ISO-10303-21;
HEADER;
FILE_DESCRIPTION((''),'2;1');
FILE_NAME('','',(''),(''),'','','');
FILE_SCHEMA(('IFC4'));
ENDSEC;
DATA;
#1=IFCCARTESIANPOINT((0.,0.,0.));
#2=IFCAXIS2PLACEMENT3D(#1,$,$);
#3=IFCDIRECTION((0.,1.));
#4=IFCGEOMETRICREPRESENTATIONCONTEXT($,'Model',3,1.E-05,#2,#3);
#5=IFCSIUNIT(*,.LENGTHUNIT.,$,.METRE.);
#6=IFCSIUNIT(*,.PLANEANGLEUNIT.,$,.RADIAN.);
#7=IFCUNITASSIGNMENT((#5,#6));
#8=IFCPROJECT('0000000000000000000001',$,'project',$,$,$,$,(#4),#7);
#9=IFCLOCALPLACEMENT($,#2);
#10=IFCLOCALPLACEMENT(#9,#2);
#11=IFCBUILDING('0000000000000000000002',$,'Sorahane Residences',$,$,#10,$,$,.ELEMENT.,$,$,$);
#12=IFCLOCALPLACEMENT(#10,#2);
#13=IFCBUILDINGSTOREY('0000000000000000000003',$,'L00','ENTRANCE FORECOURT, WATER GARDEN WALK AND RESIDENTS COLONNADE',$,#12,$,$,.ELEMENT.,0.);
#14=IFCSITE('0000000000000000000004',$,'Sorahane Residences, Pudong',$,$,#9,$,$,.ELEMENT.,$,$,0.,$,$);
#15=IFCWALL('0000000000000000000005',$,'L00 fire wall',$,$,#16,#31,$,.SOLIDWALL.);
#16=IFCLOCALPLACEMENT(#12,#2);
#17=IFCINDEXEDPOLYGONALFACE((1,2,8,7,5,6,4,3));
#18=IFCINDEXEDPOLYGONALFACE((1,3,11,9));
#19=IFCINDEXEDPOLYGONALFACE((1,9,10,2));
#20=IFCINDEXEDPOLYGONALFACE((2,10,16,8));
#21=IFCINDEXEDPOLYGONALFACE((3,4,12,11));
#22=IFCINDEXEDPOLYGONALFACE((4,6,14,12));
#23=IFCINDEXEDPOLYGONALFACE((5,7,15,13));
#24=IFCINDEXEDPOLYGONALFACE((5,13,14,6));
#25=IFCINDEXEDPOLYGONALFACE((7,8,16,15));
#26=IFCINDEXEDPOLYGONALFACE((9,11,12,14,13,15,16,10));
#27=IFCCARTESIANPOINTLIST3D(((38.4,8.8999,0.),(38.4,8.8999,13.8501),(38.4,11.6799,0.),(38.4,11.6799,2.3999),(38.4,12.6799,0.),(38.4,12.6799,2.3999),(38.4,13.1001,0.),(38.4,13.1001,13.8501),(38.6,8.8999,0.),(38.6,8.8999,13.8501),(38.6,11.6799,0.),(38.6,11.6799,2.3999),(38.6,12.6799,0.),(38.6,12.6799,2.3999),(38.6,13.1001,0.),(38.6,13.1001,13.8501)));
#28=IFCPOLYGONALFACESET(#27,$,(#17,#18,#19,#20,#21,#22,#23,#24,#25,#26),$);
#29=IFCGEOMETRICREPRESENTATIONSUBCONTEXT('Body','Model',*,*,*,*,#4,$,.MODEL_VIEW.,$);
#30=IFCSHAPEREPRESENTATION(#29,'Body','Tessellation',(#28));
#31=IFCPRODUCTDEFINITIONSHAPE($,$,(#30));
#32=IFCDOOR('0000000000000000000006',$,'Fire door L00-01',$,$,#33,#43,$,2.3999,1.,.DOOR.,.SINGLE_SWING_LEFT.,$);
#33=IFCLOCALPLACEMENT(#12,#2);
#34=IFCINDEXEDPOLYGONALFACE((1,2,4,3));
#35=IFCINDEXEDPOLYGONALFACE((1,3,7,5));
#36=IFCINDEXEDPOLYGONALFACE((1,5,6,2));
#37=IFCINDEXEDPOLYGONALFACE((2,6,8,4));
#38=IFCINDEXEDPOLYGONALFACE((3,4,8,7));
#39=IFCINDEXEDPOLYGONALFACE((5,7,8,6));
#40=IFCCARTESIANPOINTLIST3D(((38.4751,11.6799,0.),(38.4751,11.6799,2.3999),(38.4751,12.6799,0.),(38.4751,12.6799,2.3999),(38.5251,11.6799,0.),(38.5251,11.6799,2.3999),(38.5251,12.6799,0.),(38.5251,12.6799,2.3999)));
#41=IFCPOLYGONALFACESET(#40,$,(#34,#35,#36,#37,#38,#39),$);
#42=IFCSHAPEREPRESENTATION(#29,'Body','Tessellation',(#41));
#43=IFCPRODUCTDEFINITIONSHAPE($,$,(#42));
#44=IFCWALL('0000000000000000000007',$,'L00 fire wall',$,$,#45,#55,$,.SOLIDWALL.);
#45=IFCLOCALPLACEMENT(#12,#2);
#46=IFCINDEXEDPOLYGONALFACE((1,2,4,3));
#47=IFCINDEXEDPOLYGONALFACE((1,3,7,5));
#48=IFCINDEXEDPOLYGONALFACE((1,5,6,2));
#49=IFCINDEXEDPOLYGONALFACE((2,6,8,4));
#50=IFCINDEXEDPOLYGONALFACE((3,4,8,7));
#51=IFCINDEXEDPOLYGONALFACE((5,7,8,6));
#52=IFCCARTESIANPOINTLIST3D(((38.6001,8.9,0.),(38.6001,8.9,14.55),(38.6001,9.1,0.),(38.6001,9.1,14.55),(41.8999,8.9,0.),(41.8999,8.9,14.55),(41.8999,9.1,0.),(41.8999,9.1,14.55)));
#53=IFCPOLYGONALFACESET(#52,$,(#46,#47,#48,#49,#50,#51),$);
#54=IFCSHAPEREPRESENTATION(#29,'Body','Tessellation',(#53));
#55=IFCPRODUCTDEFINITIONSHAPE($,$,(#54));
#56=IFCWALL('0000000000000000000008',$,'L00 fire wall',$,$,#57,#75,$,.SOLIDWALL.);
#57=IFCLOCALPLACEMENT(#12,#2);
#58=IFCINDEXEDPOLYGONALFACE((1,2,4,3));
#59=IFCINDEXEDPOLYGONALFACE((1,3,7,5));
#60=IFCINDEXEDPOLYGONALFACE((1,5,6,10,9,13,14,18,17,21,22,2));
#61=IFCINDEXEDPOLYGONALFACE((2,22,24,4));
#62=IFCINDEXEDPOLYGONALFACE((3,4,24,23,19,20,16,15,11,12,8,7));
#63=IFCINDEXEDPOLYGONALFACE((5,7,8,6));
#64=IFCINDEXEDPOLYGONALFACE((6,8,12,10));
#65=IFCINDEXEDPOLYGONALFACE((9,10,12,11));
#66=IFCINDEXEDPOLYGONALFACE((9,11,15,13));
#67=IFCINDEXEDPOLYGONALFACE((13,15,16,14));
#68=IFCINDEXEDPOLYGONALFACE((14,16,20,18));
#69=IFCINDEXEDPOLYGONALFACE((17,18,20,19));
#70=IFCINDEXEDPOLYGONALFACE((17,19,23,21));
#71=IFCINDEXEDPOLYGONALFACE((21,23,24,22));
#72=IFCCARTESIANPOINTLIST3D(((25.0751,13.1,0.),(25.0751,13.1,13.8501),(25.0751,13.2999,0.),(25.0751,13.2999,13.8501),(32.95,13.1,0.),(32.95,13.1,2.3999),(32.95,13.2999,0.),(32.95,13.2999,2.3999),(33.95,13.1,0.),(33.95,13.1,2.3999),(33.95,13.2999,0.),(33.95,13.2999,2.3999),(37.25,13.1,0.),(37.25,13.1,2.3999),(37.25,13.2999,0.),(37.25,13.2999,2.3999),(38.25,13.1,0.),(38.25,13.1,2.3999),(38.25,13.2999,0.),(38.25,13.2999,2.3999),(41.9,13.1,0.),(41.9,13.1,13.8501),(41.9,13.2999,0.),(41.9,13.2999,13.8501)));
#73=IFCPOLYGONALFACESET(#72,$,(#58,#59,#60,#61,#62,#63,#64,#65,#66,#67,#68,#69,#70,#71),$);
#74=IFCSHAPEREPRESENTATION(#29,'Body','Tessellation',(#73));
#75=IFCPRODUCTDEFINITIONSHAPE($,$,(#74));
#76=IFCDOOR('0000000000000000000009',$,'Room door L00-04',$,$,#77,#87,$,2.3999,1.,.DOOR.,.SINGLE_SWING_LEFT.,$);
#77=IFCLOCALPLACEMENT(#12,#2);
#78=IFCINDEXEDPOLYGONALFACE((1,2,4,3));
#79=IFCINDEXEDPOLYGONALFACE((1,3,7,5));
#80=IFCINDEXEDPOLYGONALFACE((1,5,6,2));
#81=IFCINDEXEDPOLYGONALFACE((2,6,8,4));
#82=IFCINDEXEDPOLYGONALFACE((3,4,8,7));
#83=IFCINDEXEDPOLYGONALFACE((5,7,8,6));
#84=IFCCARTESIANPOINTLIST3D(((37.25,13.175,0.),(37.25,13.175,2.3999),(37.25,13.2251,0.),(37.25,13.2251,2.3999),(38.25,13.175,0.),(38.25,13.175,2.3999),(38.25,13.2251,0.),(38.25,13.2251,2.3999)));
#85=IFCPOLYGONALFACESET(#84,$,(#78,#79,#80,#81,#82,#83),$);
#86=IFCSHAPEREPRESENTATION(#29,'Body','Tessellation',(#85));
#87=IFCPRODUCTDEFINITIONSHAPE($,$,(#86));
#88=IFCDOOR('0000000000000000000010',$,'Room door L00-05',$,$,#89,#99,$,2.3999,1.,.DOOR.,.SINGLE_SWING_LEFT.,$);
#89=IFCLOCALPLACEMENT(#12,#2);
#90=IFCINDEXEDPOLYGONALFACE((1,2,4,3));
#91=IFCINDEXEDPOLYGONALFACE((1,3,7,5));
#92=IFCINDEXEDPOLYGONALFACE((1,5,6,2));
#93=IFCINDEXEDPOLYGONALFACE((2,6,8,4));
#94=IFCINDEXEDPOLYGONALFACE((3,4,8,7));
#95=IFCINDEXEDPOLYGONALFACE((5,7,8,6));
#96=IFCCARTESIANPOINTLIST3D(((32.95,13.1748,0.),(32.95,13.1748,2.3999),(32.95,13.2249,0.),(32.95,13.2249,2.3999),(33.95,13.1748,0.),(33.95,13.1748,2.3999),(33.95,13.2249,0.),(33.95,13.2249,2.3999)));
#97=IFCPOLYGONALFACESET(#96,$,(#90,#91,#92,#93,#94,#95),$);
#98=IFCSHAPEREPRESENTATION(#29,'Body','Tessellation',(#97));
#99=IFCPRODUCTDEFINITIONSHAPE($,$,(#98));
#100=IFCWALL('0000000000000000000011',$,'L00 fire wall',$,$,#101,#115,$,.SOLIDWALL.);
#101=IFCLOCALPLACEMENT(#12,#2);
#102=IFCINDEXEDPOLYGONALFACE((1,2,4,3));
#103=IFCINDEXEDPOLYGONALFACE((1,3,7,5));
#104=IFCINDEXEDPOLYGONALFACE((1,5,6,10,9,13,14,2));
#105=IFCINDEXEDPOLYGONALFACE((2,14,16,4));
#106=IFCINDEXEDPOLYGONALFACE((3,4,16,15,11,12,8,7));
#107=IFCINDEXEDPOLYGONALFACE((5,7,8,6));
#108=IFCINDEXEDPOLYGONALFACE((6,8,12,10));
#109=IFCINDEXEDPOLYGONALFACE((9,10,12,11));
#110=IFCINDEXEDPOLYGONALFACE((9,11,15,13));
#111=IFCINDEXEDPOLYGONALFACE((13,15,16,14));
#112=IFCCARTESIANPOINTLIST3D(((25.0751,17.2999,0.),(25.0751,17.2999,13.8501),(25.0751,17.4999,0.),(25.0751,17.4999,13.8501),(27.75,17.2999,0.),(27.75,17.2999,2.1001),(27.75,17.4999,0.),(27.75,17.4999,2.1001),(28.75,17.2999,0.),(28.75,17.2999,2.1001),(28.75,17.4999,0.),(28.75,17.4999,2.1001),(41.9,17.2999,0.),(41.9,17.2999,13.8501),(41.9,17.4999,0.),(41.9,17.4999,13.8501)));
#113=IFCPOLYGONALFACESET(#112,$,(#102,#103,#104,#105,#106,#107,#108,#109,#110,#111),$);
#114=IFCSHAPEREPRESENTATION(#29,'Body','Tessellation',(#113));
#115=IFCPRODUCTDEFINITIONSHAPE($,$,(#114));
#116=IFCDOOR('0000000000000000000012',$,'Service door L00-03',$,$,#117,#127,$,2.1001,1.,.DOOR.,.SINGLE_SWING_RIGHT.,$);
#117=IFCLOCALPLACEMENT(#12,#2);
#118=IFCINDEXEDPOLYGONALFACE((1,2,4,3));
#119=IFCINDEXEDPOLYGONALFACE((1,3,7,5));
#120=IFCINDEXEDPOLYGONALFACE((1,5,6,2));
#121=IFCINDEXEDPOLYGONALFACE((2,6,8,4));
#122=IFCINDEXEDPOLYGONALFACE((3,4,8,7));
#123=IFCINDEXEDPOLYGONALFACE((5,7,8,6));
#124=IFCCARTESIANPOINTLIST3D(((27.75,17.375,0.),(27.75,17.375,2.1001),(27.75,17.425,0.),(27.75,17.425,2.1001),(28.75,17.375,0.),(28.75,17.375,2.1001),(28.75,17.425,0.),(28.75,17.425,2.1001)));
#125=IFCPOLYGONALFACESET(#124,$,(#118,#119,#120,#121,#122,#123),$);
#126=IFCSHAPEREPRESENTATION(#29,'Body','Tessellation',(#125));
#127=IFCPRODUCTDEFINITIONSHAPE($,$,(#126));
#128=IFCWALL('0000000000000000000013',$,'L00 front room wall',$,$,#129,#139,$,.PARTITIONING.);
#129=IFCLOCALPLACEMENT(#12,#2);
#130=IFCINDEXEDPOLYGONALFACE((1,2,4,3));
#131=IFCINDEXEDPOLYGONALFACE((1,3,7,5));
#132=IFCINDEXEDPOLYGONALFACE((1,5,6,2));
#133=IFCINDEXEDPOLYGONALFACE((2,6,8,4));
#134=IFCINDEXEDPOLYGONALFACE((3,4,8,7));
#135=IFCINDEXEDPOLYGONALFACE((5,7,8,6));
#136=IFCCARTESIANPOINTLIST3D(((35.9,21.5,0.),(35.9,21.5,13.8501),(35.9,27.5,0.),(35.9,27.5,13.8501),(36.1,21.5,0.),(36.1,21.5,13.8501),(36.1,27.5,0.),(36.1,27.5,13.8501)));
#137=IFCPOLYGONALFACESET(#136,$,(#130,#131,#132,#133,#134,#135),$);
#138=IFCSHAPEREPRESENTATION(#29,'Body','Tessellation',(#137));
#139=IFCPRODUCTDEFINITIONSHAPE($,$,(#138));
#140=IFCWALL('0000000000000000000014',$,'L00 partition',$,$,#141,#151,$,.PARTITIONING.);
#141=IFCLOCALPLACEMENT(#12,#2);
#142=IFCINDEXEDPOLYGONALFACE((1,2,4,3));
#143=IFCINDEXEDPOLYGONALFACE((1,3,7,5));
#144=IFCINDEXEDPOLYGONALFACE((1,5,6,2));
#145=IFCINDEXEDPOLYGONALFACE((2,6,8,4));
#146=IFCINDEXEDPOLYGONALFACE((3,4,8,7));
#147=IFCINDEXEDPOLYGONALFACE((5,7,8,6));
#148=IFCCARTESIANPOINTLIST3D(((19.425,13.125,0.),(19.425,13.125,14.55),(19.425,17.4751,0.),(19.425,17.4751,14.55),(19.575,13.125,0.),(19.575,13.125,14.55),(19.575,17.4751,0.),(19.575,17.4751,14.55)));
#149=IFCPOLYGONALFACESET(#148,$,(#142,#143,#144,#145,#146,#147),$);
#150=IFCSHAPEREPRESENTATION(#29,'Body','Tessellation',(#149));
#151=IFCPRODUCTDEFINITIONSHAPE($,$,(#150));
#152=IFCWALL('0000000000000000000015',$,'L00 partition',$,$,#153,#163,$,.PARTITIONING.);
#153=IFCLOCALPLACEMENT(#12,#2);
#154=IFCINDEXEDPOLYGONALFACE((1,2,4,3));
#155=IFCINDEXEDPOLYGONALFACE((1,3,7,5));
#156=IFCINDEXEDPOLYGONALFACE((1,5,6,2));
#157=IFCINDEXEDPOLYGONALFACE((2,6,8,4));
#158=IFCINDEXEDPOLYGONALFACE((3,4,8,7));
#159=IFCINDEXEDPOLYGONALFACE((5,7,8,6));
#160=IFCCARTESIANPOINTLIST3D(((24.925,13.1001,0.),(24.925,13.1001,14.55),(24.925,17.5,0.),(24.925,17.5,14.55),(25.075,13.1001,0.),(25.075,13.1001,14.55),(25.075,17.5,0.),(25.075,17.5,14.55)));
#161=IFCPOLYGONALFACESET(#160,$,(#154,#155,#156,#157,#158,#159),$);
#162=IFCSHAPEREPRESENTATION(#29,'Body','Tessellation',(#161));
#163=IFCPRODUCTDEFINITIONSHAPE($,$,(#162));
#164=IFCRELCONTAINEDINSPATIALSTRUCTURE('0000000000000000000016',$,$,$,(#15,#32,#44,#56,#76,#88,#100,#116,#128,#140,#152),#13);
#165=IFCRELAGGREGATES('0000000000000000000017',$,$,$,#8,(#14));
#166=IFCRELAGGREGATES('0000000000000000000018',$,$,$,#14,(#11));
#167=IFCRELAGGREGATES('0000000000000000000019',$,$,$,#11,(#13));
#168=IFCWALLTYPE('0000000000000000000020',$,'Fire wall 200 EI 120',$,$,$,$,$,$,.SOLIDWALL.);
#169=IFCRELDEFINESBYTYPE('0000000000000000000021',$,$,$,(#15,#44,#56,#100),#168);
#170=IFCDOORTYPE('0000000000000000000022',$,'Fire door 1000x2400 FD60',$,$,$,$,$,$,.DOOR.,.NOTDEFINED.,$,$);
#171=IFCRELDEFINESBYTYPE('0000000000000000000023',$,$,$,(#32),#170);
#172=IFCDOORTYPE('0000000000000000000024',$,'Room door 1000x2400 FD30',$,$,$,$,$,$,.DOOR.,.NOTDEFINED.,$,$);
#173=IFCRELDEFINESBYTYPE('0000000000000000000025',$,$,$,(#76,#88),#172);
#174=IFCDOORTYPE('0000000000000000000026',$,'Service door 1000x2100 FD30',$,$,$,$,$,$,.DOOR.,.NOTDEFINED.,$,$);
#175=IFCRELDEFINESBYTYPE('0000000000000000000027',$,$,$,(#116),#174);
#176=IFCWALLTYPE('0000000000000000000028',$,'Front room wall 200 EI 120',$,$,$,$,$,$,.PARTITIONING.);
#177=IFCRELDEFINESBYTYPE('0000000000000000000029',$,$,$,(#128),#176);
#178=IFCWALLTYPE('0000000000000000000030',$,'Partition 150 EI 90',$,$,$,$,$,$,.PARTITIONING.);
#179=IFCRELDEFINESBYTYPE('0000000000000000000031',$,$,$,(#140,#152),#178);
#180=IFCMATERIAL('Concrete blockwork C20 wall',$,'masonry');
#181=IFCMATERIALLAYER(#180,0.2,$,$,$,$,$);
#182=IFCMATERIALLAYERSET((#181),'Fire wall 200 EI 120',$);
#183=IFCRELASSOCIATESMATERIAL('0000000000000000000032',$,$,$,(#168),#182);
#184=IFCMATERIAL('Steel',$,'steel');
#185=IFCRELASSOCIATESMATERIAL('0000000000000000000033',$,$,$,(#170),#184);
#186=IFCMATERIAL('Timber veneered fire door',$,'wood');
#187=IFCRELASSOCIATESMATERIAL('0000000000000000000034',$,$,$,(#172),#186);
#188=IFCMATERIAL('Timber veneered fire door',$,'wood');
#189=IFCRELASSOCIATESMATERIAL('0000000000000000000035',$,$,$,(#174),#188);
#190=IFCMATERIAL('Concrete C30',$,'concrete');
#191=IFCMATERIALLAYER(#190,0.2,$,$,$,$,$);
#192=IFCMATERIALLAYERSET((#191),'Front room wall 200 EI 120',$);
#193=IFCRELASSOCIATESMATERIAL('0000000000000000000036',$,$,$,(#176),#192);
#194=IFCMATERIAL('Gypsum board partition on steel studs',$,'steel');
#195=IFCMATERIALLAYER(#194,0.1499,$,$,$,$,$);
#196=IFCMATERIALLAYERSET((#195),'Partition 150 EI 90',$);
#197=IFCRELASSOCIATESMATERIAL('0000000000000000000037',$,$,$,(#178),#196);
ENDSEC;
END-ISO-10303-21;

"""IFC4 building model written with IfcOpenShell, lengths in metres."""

from ifc_helpers import new_model, si_unit, direction, frame, frame_2d, origin, place, context, subcontext, project, spatial, rectangle, extrude, material, layer, layer_set, type_object, element, fill, save


model = new_model("IFC4")

# Units and contexts
model_context = context("Model", 3, precision=1e-05, world=origin(), true_north=direction((0.0, 1.0)))
body_context = subcontext(model_context, "Body", "Model", "MODEL_VIEW")
ifc_project = project(units=[si_unit("LENGTHUNIT", "METRE"), si_unit("PLANEANGLEUNIT", "RADIAN")], contexts=[model_context])

# Site, building, storey
site_placement = place(None, origin())
site = spatial("IfcSite", under=ifc_project, at=site_placement, Name="Sorahane Residences, Pudong", CompositionType="ELEMENT", RefElevation=0.0)
building_placement = place(site_placement, origin())
building = spatial("IfcBuilding", under=site, at=building_placement, Name="Sorahane Residences", CompositionType="ELEMENT")
storey_placement = place(building_placement, origin())
storey = spatial("IfcBuildingStorey", under=building, at=storey_placement, Name="L00", Description="ENTRANCE FORECOURT, WATER GARDEN WALK AND RESIDENTS COLONNADE", CompositionType="ELEMENT", Elevation=0.0)

# Shared definitions
ifc_material_1 = material(Name="Concrete blockwork C20 wall", Category="masonry")
ifc_layer_1 = layer(ifc_material_1, 0.2)
ifc_layer_set_1 = layer_set([ifc_layer_1], Name="Fire wall 200 EI 120")
wall_type_1 = type_object("IfcWallType", Name="Fire wall 200 EI 120", PredefinedType="SOLIDWALL", material=ifc_layer_set_1)

# Wall, opening, door
wall_1_placement = place(storey_placement, frame((38.5, 8.8999, 0.0), z_axis=(0.0, 0.0, 1.0), x_axis=(0.0, 1.0, 0.0)))
wall_1 = element("IfcWall", 1, at=wall_1_placement, inside=storey, type_object=wall_type_1, Name="L00 fire wall", PredefinedType="SOLIDWALL", context=body_context, shape_type="SweptSolid", body=[
    extrude(rectangle(XDim=4.2002, YDim=0.2, at=frame_2d((2.1001, 0.0))), origin(), (0.0, 0.0, 1.0), 13.8501),
])
opening_1_placement = place(wall_1_placement, frame((2.78, 0.0, 0.0)))
opening_1 = element("IfcOpeningElement", 2, at=opening_1_placement, cuts=wall_1, PredefinedType="OPENING", context=body_context, shape_type="SweptSolid", body=[
    extrude(rectangle(XDim=1.0, YDim=2.3999, at=frame_2d((0.5, 1.2))), frame((0.0, 0.1099, 0.0), z_axis=(0.0, -1.0, 0.0), x_axis=(1.0, 0.0, 0.0)), (0.0, 0.0, 1.0), 0.22),
])
ifc_material_2 = material(Name="Steel", Category="steel")
door_type_1 = type_object("IfcDoorType", Name="Fire door 1000x2400 FD60", OperationType="NOTDEFINED", PredefinedType="DOOR", material=ifc_material_2)
door_1_placement = place(opening_1_placement, origin())
door_1 = element("IfcDoor", 3, at=door_1_placement, inside=storey, type_object=door_type_1, Name="Fire door L00-01", OperationType="SINGLE_SWING_LEFT", OverallHeight=2.3999, OverallWidth=1.0, PredefinedType="DOOR", context=body_context, shape_type="SweptSolid", body=[
    extrude(rectangle(XDim=1.0, YDim=2.3999, at=frame_2d((0.5, 1.2))), frame((0.0, 0.0249, 0.0), z_axis=(0.0, -1.0, 0.0), x_axis=(1.0, 0.0, 0.0)), (0.0, 0.0, 1.0), 0.05),
])
fill(opening_1, door_1)

# Wall
wall_2_placement = place(storey_placement, frame((38.6001, 9.0, 0.0), z_axis=(0.0, 0.0, 1.0), x_axis=(1.0, 0.0, 0.0)))
element("IfcWall", 4, at=wall_2_placement, inside=storey, type_object=wall_type_1, Name="L00 fire wall", PredefinedType="SOLIDWALL", context=body_context, shape_type="SweptSolid", body=[
    extrude(rectangle(XDim=3.2998, YDim=0.2, at=frame_2d((1.6499, 0.0))), origin(), (0.0, 0.0, 1.0), 14.55),
])

# Wall, openings, doors
wall_3_placement = place(storey_placement, frame((25.075, 13.2, 0.0), z_axis=(0.0, 0.0, 1.0), x_axis=(1.0, 0.0, 0.0)))
wall_3 = element("IfcWall", 5, at=wall_3_placement, inside=storey, type_object=wall_type_1, Name="L00 fire wall", PredefinedType="SOLIDWALL", context=body_context, shape_type="SweptSolid", body=[
    extrude(rectangle(XDim=16.825, YDim=0.2, at=frame_2d((8.4126, 0.0))), origin(), (0.0, 0.0, 1.0), 13.8501),
])
opening_2_placement = place(wall_3_placement, frame((12.175, 0.0, 0.0)))
opening_2 = element("IfcOpeningElement", 6, at=opening_2_placement, cuts=wall_3, PredefinedType="OPENING", context=body_context, shape_type="SweptSolid", body=[
    extrude(rectangle(XDim=1.0, YDim=2.3999, at=frame_2d((0.5, 1.2))), frame((0.0, 0.1099, 0.0), z_axis=(0.0, -1.0, 0.0), x_axis=(1.0, 0.0, 0.0)), (0.0, 0.0, 1.0), 0.22),
])
opening_3_placement = place(wall_3_placement, frame((7.875, 0.0, 0.0)))
opening_3 = element("IfcOpeningElement", 7, at=opening_3_placement, cuts=wall_3, PredefinedType="OPENING", context=body_context, shape_type="SweptSolid", body=[
    extrude(rectangle(XDim=1.0, YDim=2.3999, at=frame_2d((0.5, 1.2))), frame((0.0, 0.1099, 0.0), z_axis=(0.0, -1.0, 0.0), x_axis=(1.0, 0.0, 0.0)), (0.0, 0.0, 1.0), 0.22),
])
ifc_material_3 = material(Name="Timber veneered fire door", Category="wood")
door_type_2 = type_object("IfcDoorType", Name="Room door 1000x2400 FD30", OperationType="NOTDEFINED", PredefinedType="DOOR", material=ifc_material_3)
door_2_placement = place(opening_2_placement, frame((1.0, 0.0, 0.0), z_axis=(0.0, 0.0, 1.0), x_axis=(-1.0, 0.0, 0.0)))
door_2 = element("IfcDoor", 8, at=door_2_placement, inside=storey, type_object=door_type_2, Name="Room door L00-04", OperationType="SINGLE_SWING_LEFT", OverallHeight=2.3999, OverallWidth=1.0, PredefinedType="DOOR", context=body_context, shape_type="SweptSolid", body=[
    extrude(rectangle(XDim=1.0, YDim=2.3999, at=frame_2d((0.5, 1.2))), frame((0.0, 0.0249, 0.0), z_axis=(0.0, -1.0, 0.0), x_axis=(1.0, 0.0, 0.0)), (0.0, 0.0, 1.0), 0.05),
])
fill(opening_2, door_2)
door_3_placement = place(opening_3_placement, origin())
door_3 = element("IfcDoor", 9, at=door_3_placement, inside=storey, type_object=door_type_2, Name="Room door L00-05", OperationType="SINGLE_SWING_LEFT", OverallHeight=2.3999, OverallWidth=1.0, PredefinedType="DOOR", context=body_context, shape_type="SweptSolid", body=[
    extrude(rectangle(XDim=1.0, YDim=2.3999, at=frame_2d((0.5, 1.2))), frame((0.0, 0.0249, 0.0), z_axis=(0.0, -1.0, 0.0), x_axis=(1.0, 0.0, 0.0)), (0.0, 0.0, 1.0), 0.05),
])
fill(opening_3, door_3)

# Wall, opening, door
wall_4_placement = place(storey_placement, frame((25.075, 17.3999, 0.0), z_axis=(0.0, 0.0, 1.0), x_axis=(1.0, 0.0, 0.0)))
wall_4 = element("IfcWall", 10, at=wall_4_placement, inside=storey, type_object=wall_type_1, Name="L00 fire wall", PredefinedType="SOLIDWALL", context=body_context, shape_type="SweptSolid", body=[
    extrude(rectangle(XDim=16.825, YDim=0.2, at=frame_2d((8.4126, 0.0))), origin(), (0.0, 0.0, 1.0), 13.8501),
])
opening_4_placement = place(wall_4_placement, frame((2.675, 0.0, 0.0)))
opening_4 = element("IfcOpeningElement", 11, at=opening_4_placement, cuts=wall_4, PredefinedType="OPENING", context=body_context, shape_type="SweptSolid", body=[
    extrude(rectangle(XDim=1.0, YDim=2.1001, at=frame_2d((0.5, 1.05))), frame((0.0, 0.1099, 0.0), z_axis=(0.0, -1.0, 0.0), x_axis=(1.0, 0.0, 0.0)), (0.0, 0.0, 1.0), 0.22),
])
ifc_material_4 = material(Name="Timber veneered fire door", Category="wood")
door_type_3 = type_object("IfcDoorType", Name="Service door 1000x2100 FD30", OperationType="NOTDEFINED", PredefinedType="DOOR", material=ifc_material_4)
door_4_placement = place(opening_4_placement, frame((1.0, 0.0, 0.0), z_axis=(0.0, 0.0, 1.0), x_axis=(-1.0, 0.0, 0.0)))
door_4 = element("IfcDoor", 12, at=door_4_placement, inside=storey, type_object=door_type_3, Name="Service door L00-03", OperationType="SINGLE_SWING_RIGHT", OverallHeight=2.1001, OverallWidth=1.0, PredefinedType="DOOR", context=body_context, shape_type="SweptSolid", body=[
    extrude(rectangle(XDim=1.0, YDim=2.1001, at=frame_2d((0.5, 1.05))), frame((0.0, 0.0249, 0.0), z_axis=(0.0, -1.0, 0.0), x_axis=(1.0, 0.0, 0.0)), (0.0, 0.0, 1.0), 0.05),
])
fill(opening_4, door_4)

# Walls
ifc_material_5 = material(Name="Concrete C30", Category="concrete")
ifc_layer_2 = layer(ifc_material_5, 0.2)
ifc_layer_set_2 = layer_set([ifc_layer_2], Name="Front room wall 200 EI 120")
wall_type_2 = type_object("IfcWallType", Name="Front room wall 200 EI 120", PredefinedType="PARTITIONING", material=ifc_layer_set_2)
wall_5_placement = place(storey_placement, frame((36.0, 21.5, 0.0), z_axis=(0.0, 0.0, 1.0), x_axis=(0.0, 1.0, 0.0)))
element("IfcWall", 13, at=wall_5_placement, inside=storey, type_object=wall_type_2, Name="L00 front room wall", PredefinedType="PARTITIONING", context=body_context, shape_type="SweptSolid", body=[
    extrude(rectangle(XDim=6.0, YDim=0.2, at=frame_2d((3.0, 0.0))), origin(), (0.0, 0.0, 1.0), 13.8501),
])
ifc_material_6 = material(Name="Gypsum board partition on steel studs", Category="steel")
ifc_layer_3 = layer(ifc_material_6, 0.1499)
ifc_layer_set_3 = layer_set([ifc_layer_3], Name="Partition 150 EI 90")
wall_type_3 = type_object("IfcWallType", Name="Partition 150 EI 90", PredefinedType="PARTITIONING", material=ifc_layer_set_3)
wall_6_placement = place(storey_placement, frame((19.5, 13.125, 0.0), z_axis=(0.0, 0.0, 1.0), x_axis=(0.0, 1.0, 0.0)))
element("IfcWall", 14, at=wall_6_placement, inside=storey, type_object=wall_type_3, Name="L00 partition", PredefinedType="PARTITIONING", context=body_context, shape_type="SweptSolid", body=[
    extrude(rectangle(XDim=4.3501, YDim=0.1499, at=frame_2d((2.175, 0.0))), origin(), (0.0, 0.0, 1.0), 14.55),
])
wall_7_placement = place(storey_placement, frame((25.0, 13.1001, 0.0), z_axis=(0.0, 0.0, 1.0), x_axis=(0.0, 1.0, 0.0)))
element("IfcWall", 15, at=wall_7_placement, inside=storey, type_object=wall_type_3, Name="L00 partition", PredefinedType="PARTITIONING", context=body_context, shape_type="SweptSolid", body=[
    extrude(rectangle(XDim=4.3999, YDim=0.1499, at=frame_2d((2.2, 0.0))), origin(), (0.0, 0.0, 1.0), 14.55),
])

save(model, "model.ifc")
